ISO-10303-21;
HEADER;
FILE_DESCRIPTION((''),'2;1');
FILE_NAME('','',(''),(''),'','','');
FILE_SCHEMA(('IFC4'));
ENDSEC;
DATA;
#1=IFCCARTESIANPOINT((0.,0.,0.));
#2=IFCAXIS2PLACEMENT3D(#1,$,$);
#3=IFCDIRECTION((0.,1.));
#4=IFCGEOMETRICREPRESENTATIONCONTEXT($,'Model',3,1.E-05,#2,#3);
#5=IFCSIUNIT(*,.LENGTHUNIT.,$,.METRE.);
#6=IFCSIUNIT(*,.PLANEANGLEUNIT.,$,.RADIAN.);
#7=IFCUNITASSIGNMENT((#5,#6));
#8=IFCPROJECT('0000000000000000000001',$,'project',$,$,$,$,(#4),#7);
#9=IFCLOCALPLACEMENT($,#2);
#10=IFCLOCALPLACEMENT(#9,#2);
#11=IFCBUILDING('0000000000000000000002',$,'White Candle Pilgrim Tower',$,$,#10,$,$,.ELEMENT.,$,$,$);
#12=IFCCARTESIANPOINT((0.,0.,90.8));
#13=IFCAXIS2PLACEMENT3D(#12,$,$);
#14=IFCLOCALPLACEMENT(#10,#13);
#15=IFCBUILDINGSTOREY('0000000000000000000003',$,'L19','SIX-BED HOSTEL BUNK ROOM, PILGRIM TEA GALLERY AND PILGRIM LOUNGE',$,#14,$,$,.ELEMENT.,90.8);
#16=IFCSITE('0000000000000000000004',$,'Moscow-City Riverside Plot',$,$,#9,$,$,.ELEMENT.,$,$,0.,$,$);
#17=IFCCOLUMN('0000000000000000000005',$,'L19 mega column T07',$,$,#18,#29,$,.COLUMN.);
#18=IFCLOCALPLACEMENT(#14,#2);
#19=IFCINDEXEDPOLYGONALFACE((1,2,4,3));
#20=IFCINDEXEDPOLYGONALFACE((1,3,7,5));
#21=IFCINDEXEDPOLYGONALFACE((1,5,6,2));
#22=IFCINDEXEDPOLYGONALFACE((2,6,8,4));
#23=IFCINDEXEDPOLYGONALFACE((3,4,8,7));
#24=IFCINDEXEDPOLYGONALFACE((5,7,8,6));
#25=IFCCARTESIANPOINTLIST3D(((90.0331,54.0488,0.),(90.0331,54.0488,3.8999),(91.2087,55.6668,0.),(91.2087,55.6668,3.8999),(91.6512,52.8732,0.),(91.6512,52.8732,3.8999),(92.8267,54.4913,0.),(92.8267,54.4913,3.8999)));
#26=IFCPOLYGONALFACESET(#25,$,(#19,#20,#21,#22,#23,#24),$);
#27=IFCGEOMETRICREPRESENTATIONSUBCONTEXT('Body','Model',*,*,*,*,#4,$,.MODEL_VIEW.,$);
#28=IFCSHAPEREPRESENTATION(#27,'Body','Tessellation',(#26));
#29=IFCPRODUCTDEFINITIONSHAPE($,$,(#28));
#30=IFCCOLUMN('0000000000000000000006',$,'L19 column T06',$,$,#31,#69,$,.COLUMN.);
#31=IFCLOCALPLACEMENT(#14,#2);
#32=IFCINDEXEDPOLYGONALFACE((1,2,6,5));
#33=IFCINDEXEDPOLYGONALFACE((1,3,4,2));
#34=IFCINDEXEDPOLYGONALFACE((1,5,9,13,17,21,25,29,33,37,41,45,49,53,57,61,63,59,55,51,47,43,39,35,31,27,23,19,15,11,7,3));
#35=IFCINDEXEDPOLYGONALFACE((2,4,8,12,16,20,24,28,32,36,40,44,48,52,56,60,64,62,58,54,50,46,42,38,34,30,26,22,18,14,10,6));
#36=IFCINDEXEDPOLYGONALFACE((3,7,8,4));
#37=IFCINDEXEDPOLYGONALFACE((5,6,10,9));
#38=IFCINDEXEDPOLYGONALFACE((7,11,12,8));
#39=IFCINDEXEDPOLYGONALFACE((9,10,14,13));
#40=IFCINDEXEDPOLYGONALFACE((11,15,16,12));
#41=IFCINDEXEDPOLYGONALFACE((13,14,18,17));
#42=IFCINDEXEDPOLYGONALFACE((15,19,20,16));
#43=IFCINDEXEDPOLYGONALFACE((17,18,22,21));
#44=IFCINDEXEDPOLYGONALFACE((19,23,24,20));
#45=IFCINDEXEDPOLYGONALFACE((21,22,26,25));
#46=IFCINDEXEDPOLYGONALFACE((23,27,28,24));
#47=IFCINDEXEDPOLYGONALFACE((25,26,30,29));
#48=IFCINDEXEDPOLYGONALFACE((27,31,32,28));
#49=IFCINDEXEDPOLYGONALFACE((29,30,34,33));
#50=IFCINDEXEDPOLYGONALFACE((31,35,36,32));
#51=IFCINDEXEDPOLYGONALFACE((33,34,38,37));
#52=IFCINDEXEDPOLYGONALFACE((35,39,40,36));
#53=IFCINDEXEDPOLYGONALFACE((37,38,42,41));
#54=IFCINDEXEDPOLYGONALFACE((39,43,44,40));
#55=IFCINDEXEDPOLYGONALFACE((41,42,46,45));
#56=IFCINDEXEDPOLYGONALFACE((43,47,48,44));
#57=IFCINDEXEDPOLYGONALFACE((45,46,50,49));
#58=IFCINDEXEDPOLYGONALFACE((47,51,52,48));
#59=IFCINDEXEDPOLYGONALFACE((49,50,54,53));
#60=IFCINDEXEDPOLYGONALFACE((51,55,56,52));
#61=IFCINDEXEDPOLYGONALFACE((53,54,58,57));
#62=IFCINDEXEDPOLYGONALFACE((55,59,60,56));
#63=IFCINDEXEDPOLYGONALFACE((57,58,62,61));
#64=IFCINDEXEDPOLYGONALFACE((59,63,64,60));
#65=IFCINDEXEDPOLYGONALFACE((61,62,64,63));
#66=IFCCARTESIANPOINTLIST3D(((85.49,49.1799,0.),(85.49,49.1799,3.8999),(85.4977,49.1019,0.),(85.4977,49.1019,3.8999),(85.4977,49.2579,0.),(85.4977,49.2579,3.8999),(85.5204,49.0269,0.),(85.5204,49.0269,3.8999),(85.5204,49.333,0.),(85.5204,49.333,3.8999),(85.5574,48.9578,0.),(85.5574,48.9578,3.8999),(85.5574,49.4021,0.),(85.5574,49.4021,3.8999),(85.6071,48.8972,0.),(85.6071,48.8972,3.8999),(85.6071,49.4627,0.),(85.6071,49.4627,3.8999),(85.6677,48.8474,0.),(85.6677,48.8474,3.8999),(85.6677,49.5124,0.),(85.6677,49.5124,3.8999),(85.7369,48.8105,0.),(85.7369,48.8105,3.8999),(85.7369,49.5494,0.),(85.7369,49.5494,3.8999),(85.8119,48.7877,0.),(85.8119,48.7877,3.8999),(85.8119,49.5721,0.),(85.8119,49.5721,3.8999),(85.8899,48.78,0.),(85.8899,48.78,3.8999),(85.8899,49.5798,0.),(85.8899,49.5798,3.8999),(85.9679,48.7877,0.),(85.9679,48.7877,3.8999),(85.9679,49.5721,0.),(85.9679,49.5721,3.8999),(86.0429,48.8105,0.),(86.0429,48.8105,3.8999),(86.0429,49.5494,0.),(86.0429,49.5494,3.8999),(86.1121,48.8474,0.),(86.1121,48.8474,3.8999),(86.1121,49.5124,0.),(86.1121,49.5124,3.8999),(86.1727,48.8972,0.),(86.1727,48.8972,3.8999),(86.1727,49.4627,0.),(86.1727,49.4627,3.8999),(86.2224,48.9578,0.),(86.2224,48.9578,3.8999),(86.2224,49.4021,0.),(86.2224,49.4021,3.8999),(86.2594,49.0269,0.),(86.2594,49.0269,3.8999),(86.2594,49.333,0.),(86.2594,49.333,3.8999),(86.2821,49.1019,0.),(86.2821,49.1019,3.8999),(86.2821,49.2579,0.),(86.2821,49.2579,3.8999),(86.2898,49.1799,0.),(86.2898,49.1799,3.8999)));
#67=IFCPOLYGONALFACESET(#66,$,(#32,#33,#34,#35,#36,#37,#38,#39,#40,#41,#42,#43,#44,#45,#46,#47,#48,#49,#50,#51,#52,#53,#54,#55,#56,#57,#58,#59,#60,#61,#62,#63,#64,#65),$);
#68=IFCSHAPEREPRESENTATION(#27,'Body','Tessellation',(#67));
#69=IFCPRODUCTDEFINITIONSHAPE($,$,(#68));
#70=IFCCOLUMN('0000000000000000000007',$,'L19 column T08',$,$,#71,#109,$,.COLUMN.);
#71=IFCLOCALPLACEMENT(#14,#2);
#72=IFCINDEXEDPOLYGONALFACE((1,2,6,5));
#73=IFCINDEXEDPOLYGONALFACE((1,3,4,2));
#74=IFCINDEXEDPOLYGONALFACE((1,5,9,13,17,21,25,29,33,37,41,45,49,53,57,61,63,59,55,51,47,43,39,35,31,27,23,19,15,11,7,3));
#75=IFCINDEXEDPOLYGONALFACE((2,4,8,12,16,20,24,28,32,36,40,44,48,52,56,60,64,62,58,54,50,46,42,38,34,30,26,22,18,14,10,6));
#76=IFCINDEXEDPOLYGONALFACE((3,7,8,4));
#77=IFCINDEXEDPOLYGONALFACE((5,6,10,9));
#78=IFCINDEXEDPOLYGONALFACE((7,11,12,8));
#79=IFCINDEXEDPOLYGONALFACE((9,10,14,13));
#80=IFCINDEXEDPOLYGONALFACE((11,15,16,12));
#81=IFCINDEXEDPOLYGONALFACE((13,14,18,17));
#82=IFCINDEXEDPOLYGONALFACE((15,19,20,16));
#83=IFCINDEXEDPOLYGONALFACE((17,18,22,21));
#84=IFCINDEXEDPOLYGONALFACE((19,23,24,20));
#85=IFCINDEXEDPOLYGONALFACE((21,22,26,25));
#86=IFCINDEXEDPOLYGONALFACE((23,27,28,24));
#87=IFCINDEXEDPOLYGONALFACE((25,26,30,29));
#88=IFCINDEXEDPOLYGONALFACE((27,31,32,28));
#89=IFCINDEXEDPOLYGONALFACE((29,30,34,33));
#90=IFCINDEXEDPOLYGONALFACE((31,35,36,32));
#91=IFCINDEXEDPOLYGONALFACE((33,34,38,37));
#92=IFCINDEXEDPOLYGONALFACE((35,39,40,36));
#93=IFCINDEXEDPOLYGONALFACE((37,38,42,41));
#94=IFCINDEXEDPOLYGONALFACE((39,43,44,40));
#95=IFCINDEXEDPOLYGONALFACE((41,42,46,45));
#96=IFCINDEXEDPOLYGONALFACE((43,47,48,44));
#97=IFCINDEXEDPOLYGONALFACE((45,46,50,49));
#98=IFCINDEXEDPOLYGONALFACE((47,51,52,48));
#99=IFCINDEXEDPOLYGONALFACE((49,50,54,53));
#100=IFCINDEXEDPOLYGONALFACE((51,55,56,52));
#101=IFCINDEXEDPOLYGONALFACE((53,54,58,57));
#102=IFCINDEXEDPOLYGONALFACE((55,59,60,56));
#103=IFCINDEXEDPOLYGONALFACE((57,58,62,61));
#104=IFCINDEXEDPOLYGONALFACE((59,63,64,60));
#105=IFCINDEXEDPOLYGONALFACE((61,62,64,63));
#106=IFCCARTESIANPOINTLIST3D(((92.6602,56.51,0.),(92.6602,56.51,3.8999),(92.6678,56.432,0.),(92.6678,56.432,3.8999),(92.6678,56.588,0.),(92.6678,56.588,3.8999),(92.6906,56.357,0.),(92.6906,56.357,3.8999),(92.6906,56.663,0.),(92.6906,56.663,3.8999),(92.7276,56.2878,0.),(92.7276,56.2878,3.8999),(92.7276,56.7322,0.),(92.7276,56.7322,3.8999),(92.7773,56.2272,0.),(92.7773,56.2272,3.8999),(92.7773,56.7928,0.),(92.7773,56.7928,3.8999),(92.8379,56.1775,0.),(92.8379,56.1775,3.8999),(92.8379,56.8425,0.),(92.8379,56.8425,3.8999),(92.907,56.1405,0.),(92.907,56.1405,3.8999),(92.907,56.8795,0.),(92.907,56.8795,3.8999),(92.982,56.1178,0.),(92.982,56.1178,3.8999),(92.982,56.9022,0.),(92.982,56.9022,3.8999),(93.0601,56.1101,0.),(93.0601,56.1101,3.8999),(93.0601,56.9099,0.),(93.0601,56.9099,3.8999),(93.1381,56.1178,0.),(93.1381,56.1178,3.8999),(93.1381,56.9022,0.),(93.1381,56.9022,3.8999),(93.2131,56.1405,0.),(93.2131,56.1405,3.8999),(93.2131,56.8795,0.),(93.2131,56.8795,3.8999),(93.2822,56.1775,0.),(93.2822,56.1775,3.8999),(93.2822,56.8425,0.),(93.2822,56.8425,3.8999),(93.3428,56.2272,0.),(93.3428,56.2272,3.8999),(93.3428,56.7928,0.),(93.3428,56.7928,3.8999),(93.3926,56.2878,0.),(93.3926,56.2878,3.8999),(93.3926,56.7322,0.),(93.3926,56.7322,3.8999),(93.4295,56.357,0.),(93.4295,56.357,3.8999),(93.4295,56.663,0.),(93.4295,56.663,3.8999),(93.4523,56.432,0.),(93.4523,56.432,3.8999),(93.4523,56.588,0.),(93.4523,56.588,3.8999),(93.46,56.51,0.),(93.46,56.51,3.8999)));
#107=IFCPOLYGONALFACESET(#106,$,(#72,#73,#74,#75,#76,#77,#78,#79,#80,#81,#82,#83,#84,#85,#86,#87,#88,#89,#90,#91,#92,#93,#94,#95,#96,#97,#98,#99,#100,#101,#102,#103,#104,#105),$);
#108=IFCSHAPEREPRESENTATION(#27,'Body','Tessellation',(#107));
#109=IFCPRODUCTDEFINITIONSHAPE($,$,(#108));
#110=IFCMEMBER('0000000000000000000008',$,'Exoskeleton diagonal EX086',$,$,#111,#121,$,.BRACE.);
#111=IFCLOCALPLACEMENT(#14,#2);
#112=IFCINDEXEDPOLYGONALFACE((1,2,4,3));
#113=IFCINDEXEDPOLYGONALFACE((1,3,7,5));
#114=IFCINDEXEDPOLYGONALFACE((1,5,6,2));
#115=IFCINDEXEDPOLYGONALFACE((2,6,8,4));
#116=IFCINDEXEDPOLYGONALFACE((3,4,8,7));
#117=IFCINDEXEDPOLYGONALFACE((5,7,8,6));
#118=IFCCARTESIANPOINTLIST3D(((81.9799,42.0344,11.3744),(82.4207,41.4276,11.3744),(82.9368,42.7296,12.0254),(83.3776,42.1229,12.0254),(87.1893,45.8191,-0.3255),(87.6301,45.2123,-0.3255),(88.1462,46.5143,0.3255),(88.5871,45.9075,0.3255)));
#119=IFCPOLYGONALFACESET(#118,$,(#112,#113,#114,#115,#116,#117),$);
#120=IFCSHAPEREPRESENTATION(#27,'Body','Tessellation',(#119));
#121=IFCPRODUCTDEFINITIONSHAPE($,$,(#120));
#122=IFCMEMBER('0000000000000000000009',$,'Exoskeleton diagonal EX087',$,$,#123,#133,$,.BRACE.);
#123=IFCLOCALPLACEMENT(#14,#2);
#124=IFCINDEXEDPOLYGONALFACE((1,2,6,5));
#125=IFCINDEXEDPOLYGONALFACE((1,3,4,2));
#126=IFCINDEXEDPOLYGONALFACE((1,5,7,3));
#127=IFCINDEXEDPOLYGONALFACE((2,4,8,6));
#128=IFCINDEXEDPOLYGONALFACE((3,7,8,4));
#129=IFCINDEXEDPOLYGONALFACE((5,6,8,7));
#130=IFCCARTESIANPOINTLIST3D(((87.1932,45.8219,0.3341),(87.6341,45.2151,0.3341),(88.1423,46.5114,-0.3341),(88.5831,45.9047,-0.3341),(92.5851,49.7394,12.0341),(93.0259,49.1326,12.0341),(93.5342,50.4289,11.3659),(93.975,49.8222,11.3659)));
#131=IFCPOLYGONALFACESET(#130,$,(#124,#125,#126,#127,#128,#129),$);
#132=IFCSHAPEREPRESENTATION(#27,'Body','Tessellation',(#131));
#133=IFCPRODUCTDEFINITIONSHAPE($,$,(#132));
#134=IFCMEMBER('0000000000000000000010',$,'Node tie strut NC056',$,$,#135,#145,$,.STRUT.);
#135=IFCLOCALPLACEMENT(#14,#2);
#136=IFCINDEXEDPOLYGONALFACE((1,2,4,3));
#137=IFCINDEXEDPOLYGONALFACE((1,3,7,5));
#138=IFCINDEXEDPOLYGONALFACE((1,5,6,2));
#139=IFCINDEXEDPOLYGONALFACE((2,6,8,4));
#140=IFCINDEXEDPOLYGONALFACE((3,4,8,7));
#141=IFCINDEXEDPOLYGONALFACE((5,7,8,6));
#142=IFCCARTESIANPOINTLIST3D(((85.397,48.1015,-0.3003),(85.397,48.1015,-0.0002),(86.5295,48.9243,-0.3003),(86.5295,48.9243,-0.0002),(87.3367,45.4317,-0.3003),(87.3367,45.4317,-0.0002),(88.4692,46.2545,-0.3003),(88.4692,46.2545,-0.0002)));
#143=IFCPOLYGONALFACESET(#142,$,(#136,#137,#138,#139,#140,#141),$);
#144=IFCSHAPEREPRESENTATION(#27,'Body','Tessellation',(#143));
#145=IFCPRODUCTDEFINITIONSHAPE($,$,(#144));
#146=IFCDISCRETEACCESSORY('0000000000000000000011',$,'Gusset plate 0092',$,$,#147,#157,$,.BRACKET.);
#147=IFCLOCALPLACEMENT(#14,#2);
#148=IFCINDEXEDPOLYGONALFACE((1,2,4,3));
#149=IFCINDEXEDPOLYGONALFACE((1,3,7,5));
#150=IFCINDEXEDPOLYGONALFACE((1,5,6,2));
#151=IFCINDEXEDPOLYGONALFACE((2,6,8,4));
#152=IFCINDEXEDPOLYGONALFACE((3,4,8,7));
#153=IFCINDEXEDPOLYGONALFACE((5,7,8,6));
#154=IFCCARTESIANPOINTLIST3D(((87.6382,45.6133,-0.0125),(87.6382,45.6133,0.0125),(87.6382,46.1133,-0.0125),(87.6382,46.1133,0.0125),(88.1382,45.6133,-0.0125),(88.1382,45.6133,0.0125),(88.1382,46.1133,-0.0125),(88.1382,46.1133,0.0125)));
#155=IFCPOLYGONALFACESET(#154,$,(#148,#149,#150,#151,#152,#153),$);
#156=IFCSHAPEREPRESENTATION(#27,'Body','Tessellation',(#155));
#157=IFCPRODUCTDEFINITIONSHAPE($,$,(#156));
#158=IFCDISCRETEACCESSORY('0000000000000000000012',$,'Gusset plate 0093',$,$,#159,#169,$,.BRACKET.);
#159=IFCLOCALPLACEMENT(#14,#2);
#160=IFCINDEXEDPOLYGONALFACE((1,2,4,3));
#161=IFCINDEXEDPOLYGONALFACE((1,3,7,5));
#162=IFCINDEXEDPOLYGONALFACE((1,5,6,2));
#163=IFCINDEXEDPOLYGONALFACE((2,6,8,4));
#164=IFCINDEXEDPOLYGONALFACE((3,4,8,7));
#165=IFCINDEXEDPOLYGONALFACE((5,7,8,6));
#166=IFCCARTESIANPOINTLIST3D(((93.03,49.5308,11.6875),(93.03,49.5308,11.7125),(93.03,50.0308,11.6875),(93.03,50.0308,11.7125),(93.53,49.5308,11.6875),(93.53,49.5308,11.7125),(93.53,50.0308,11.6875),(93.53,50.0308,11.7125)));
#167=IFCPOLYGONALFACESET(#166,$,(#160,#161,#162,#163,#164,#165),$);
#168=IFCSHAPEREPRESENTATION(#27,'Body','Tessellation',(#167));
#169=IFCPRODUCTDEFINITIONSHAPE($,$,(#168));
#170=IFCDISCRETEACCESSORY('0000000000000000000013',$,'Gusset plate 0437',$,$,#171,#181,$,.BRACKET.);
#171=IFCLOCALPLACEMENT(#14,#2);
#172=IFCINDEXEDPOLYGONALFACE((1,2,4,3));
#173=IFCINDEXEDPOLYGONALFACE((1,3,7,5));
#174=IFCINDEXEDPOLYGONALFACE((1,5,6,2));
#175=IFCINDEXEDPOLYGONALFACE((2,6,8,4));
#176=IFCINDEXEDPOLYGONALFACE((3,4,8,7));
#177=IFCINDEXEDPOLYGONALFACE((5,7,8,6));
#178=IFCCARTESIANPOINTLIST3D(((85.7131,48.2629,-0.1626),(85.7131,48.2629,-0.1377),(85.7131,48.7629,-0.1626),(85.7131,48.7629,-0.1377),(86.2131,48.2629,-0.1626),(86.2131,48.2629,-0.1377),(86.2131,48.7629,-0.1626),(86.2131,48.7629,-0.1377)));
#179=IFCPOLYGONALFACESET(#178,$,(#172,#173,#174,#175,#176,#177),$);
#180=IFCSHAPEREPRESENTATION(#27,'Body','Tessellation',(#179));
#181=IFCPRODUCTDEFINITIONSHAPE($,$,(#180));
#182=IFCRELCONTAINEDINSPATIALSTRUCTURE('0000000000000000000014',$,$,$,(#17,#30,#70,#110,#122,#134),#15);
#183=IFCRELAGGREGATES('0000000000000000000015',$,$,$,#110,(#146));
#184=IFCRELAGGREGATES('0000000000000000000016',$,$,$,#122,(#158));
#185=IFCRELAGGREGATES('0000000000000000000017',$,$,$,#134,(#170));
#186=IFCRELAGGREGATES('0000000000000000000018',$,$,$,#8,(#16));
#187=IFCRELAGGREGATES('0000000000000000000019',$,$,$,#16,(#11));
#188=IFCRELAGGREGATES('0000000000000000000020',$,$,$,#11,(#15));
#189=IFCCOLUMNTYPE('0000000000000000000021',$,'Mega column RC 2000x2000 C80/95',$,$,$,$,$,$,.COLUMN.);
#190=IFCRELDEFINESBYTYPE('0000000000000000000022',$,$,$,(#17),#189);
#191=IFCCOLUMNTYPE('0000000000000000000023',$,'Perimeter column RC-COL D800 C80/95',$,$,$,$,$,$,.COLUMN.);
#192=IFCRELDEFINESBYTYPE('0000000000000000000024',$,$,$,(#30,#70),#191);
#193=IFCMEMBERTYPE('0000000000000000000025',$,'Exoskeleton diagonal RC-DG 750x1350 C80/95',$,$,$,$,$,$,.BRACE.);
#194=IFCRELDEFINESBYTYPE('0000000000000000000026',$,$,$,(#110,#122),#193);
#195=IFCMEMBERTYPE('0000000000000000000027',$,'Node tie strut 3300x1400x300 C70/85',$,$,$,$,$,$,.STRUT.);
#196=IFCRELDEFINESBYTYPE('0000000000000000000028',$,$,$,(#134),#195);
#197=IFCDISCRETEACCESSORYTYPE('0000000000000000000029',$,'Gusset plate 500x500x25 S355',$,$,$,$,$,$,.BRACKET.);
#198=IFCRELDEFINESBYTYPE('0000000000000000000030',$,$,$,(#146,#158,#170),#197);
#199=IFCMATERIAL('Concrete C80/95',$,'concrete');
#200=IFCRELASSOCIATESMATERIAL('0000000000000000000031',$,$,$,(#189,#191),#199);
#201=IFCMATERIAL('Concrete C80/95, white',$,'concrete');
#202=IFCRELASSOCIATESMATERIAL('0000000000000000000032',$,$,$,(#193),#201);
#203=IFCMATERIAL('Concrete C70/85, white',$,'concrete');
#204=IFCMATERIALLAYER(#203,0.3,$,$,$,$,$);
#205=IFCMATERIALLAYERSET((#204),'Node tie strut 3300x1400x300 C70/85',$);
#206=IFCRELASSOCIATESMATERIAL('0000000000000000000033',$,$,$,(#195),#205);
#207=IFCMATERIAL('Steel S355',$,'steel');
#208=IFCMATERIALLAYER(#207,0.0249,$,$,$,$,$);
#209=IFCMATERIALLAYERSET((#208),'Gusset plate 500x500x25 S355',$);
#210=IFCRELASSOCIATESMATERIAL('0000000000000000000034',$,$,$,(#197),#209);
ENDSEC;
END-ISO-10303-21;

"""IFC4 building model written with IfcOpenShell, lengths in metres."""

from ifc_helpers import new_model, si_unit, direction, frame, origin, origin_2d, place, context, subcontext, project, spatial, rectangle, circle, extrude, material, layer, layer_set, material_profile, profile_set, type_object, element, aggregate, save


model = new_model("IFC4")

# Units and contexts
model_context = context("Model", 3, precision=1e-05, world=origin(), true_north=direction((0.0, 1.0)))
body_context = subcontext(model_context, "Body", "Model", "MODEL_VIEW")
ifc_project = project(units=[si_unit("LENGTHUNIT", "METRE"), si_unit("PLANEANGLEUNIT", "RADIAN")], contexts=[model_context])

# Site, building, storey
site_placement = place(None, origin())
site = spatial("IfcSite", under=ifc_project, at=site_placement, Name="Moscow-City Riverside Plot", CompositionType="ELEMENT", RefElevation=0.0)
building_placement = place(site_placement, origin())
building = spatial("IfcBuilding", under=site, at=building_placement, Name="White Candle Pilgrim Tower", CompositionType="ELEMENT")
storey_placement = place(building_placement, frame((0.0, 0.0, 90.8)))
storey = spatial("IfcBuildingStorey", under=building, at=storey_placement, Name="L19", Description="SIX-BED HOSTEL BUNK ROOM, PILGRIM TEA GALLERY AND PILGRIM LOUNGE", CompositionType="ELEMENT", Elevation=90.8)

# Columns
ifc_material_1 = material(Name="Concrete C80/95", Category="concrete")
ifc_material_profile_1 = material_profile(ifc_material_1, rectangle(XDim=2.0, YDim=2.0, at=origin_2d()), Name="RC 2000x2000")
ifc_profile_set_1 = profile_set([ifc_material_profile_1], Name="Concrete C80/95")
column_type_1 = type_object("IfcColumnType", Name="Mega column RC 2000x2000 C80/95", PredefinedType="COLUMN", material=ifc_profile_set_1)
column_placement = place(storey_placement, frame((91.4299, 54.27, 0.0), z_axis=(0.0, 0.0, 1.0), x_axis=(0.809017, -0.587785, 0.0)))
element("IfcColumn", 1, at=column_placement, inside=storey, type_object=column_type_1, Name="L19 mega column T07", PredefinedType="COLUMN", context=body_context, shape_type="SweptSolid", body=[
    extrude(rectangle(XDim=2.0, YDim=2.0, at=origin_2d()), origin(), (0.0, 0.0, 1.0), 3.8999),
])
ifc_material_profile_2 = material_profile(ifc_material_1, circle(Radius=0.3999, at=origin_2d()), Name="RC-COL D800")
ifc_profile_set_2 = profile_set([ifc_material_profile_2], Name="Concrete C80/95")
column_type_2 = type_object("IfcColumnType", Name="Perimeter column RC-COL D800 C80/95", PredefinedType="COLUMN", material=ifc_profile_set_2)
for number, where, z_axis, x_axis, name in (
    (2, (85.8899, 49.1799, 0.0), (0.0, 0.0, 1.0), (1.0, 0.0, 0.0), "L19 column T06"),
    (3, (93.0601, 56.51, 0.0), (0.0, 0.0, 1.0), (1.0, 0.0, 0.0), "L19 column T08"),
):
    element("IfcColumn", number, at=place(storey_placement, frame(where, z_axis=z_axis, x_axis=x_axis)), inside=storey, type_object=column_type_2, Name=name, PredefinedType="COLUMN", context=body_context, shape_type="SweptSolid", body=[
        extrude(circle(Radius=0.3999, at=origin_2d()), origin(), (0.0, 0.0, 1.0), 3.8999),
    ])

# Members
ifc_material_2 = material(Name="Concrete C80/95, white", Category="concrete")
ifc_material_profile_3 = material_profile(ifc_material_2, rectangle(XDim=0.75, YDim=1.3501, at=origin_2d()), Name="RC-DG 750x1350")
ifc_profile_set_3 = profile_set([ifc_material_profile_3], Name="Concrete C80/95, white")
member_type_1 = type_object("IfcMemberType", Name="Exoskeleton diagonal RC-DG 750x1350 C80/95", PredefinedType="BRACE", material=ifc_profile_set_3)
member_1_placement = place(storey_placement, frame((87.8882, 45.8633, 0.0), z_axis=(-0.390082, -0.283393, 0.876085), x_axis=(0.587761, -0.809034, 0.0)))
member_1 = element("IfcMember", 4, at=member_1_placement, inside=storey, type_object=member_type_1, Name="Exoskeleton diagonal EX086", PredefinedType="BRACE", context=body_context, shape_type="SweptSolid", body=[
    extrude(rectangle(XDim=0.75, YDim=1.3501, at=origin_2d()), origin(), (0.0, 0.0, 1.0), 13.3547),
])
member_2_placement = place(storey_placement, frame((87.8882, 45.8633, 0.0), z_axis=(0.400433, 0.290937, 0.868913), x_axis=(-0.587793, 0.809012, 0.0)))
member_2 = element("IfcMember", 5, at=member_2_placement, inside=storey, type_object=member_type_1, Name="Exoskeleton diagonal EX087", PredefinedType="BRACE", context=body_context, shape_type="SweptSolid", body=[
    extrude(rectangle(XDim=0.75, YDim=1.3501, at=origin_2d()), origin(), (0.0, 0.0, 1.0), 13.4651),
])
ifc_material_3 = material(Name="Concrete C70/85, white", Category="concrete")
ifc_layer_1 = layer(ifc_material_3, 0.3)
ifc_layer_set_1 = layer_set([ifc_layer_1], Name="Node tie strut 3300x1400x300 C70/85")
member_type_2 = type_object("IfcMemberType", Name="Node tie strut 3300x1400x300 C70/85", PredefinedType="STRUT", material=ifc_layer_set_1)
member_3_placement = place(storey_placement, frame((86.9331, 47.178, -0.3003), z_axis=(0.0, 0.0, 1.0), x_axis=(0.809017, 0.587785, 0.0)))
member_3 = element("IfcMember", 6, at=member_3_placement, inside=storey, type_object=member_type_2, Name="Node tie strut NC056", PredefinedType="STRUT", context=body_context, shape_type="SweptSolid", body=[
    extrude(rectangle(XDim=1.3999, YDim=3.3, at=origin_2d()), origin(), (0.0, 0.0, 1.0), 0.3),
])

# Discrete accessories
ifc_material_4 = material(Name="Steel S355", Category="steel")
ifc_layer_2 = layer(ifc_material_4, 0.0249)
ifc_layer_set_2 = layer_set([ifc_layer_2], Name="Gusset plate 500x500x25 S355")
discrete_accessory_type = type_object("IfcDiscreteAccessoryType", Name="Gusset plate 500x500x25 S355", PredefinedType="BRACKET", material=ifc_layer_set_2)
discrete_accessory_1_placement = place(storey_placement, frame((87.8882, 45.8633, -0.0125), z_axis=(0.0, 0.0, 1.0), x_axis=(1.0, 0.0, 0.0)))
discrete_accessory_1 = element("IfcDiscreteAccessory", 7, at=discrete_accessory_1_placement, type_object=discrete_accessory_type, Name="Gusset plate 0092", PredefinedType="BRACKET", context=body_context, shape_type="SweptSolid", body=[
    extrude(rectangle(XDim=0.5, YDim=0.5, at=origin_2d()), origin(), (0.0, 0.0, 1.0), 0.0249),
])
aggregate(member_1, [discrete_accessory_1])
placement = place(building_placement, frame((0.0, 0.0, 102.5)))
discrete_accessory_2_placement = place(placement, frame((93.28, 49.7808, -0.0125), z_axis=(0.0, 0.0, 1.0), x_axis=(1.0, 0.0, 0.0)))
discrete_accessory_2 = element("IfcDiscreteAccessory", 8, at=discrete_accessory_2_placement, type_object=discrete_accessory_type, Name="Gusset plate 0093", PredefinedType="BRACKET", context=body_context, shape_type="SweptSolid", body=[
    extrude(rectangle(XDim=0.5, YDim=0.5, at=origin_2d()), origin(), (0.0, 0.0, 1.0), 0.0249),
])
aggregate(member_2, [discrete_accessory_2])
discrete_accessory_3_placement = place(storey_placement, frame((85.9631, 48.5129, -0.1626), z_axis=(0.0, 0.0, 1.0), x_axis=(1.0, 0.0, 0.0)))
discrete_accessory_3 = element("IfcDiscreteAccessory", 9, at=discrete_accessory_3_placement, type_object=discrete_accessory_type, Name="Gusset plate 0437", PredefinedType="BRACKET", context=body_context, shape_type="SweptSolid", body=[
    extrude(rectangle(XDim=0.5, YDim=0.5, at=origin_2d()), origin(), (0.0, 0.0, 1.0), 0.0249),
])
aggregate(member_3, [discrete_accessory_3])

save(model, "model.ifc")
